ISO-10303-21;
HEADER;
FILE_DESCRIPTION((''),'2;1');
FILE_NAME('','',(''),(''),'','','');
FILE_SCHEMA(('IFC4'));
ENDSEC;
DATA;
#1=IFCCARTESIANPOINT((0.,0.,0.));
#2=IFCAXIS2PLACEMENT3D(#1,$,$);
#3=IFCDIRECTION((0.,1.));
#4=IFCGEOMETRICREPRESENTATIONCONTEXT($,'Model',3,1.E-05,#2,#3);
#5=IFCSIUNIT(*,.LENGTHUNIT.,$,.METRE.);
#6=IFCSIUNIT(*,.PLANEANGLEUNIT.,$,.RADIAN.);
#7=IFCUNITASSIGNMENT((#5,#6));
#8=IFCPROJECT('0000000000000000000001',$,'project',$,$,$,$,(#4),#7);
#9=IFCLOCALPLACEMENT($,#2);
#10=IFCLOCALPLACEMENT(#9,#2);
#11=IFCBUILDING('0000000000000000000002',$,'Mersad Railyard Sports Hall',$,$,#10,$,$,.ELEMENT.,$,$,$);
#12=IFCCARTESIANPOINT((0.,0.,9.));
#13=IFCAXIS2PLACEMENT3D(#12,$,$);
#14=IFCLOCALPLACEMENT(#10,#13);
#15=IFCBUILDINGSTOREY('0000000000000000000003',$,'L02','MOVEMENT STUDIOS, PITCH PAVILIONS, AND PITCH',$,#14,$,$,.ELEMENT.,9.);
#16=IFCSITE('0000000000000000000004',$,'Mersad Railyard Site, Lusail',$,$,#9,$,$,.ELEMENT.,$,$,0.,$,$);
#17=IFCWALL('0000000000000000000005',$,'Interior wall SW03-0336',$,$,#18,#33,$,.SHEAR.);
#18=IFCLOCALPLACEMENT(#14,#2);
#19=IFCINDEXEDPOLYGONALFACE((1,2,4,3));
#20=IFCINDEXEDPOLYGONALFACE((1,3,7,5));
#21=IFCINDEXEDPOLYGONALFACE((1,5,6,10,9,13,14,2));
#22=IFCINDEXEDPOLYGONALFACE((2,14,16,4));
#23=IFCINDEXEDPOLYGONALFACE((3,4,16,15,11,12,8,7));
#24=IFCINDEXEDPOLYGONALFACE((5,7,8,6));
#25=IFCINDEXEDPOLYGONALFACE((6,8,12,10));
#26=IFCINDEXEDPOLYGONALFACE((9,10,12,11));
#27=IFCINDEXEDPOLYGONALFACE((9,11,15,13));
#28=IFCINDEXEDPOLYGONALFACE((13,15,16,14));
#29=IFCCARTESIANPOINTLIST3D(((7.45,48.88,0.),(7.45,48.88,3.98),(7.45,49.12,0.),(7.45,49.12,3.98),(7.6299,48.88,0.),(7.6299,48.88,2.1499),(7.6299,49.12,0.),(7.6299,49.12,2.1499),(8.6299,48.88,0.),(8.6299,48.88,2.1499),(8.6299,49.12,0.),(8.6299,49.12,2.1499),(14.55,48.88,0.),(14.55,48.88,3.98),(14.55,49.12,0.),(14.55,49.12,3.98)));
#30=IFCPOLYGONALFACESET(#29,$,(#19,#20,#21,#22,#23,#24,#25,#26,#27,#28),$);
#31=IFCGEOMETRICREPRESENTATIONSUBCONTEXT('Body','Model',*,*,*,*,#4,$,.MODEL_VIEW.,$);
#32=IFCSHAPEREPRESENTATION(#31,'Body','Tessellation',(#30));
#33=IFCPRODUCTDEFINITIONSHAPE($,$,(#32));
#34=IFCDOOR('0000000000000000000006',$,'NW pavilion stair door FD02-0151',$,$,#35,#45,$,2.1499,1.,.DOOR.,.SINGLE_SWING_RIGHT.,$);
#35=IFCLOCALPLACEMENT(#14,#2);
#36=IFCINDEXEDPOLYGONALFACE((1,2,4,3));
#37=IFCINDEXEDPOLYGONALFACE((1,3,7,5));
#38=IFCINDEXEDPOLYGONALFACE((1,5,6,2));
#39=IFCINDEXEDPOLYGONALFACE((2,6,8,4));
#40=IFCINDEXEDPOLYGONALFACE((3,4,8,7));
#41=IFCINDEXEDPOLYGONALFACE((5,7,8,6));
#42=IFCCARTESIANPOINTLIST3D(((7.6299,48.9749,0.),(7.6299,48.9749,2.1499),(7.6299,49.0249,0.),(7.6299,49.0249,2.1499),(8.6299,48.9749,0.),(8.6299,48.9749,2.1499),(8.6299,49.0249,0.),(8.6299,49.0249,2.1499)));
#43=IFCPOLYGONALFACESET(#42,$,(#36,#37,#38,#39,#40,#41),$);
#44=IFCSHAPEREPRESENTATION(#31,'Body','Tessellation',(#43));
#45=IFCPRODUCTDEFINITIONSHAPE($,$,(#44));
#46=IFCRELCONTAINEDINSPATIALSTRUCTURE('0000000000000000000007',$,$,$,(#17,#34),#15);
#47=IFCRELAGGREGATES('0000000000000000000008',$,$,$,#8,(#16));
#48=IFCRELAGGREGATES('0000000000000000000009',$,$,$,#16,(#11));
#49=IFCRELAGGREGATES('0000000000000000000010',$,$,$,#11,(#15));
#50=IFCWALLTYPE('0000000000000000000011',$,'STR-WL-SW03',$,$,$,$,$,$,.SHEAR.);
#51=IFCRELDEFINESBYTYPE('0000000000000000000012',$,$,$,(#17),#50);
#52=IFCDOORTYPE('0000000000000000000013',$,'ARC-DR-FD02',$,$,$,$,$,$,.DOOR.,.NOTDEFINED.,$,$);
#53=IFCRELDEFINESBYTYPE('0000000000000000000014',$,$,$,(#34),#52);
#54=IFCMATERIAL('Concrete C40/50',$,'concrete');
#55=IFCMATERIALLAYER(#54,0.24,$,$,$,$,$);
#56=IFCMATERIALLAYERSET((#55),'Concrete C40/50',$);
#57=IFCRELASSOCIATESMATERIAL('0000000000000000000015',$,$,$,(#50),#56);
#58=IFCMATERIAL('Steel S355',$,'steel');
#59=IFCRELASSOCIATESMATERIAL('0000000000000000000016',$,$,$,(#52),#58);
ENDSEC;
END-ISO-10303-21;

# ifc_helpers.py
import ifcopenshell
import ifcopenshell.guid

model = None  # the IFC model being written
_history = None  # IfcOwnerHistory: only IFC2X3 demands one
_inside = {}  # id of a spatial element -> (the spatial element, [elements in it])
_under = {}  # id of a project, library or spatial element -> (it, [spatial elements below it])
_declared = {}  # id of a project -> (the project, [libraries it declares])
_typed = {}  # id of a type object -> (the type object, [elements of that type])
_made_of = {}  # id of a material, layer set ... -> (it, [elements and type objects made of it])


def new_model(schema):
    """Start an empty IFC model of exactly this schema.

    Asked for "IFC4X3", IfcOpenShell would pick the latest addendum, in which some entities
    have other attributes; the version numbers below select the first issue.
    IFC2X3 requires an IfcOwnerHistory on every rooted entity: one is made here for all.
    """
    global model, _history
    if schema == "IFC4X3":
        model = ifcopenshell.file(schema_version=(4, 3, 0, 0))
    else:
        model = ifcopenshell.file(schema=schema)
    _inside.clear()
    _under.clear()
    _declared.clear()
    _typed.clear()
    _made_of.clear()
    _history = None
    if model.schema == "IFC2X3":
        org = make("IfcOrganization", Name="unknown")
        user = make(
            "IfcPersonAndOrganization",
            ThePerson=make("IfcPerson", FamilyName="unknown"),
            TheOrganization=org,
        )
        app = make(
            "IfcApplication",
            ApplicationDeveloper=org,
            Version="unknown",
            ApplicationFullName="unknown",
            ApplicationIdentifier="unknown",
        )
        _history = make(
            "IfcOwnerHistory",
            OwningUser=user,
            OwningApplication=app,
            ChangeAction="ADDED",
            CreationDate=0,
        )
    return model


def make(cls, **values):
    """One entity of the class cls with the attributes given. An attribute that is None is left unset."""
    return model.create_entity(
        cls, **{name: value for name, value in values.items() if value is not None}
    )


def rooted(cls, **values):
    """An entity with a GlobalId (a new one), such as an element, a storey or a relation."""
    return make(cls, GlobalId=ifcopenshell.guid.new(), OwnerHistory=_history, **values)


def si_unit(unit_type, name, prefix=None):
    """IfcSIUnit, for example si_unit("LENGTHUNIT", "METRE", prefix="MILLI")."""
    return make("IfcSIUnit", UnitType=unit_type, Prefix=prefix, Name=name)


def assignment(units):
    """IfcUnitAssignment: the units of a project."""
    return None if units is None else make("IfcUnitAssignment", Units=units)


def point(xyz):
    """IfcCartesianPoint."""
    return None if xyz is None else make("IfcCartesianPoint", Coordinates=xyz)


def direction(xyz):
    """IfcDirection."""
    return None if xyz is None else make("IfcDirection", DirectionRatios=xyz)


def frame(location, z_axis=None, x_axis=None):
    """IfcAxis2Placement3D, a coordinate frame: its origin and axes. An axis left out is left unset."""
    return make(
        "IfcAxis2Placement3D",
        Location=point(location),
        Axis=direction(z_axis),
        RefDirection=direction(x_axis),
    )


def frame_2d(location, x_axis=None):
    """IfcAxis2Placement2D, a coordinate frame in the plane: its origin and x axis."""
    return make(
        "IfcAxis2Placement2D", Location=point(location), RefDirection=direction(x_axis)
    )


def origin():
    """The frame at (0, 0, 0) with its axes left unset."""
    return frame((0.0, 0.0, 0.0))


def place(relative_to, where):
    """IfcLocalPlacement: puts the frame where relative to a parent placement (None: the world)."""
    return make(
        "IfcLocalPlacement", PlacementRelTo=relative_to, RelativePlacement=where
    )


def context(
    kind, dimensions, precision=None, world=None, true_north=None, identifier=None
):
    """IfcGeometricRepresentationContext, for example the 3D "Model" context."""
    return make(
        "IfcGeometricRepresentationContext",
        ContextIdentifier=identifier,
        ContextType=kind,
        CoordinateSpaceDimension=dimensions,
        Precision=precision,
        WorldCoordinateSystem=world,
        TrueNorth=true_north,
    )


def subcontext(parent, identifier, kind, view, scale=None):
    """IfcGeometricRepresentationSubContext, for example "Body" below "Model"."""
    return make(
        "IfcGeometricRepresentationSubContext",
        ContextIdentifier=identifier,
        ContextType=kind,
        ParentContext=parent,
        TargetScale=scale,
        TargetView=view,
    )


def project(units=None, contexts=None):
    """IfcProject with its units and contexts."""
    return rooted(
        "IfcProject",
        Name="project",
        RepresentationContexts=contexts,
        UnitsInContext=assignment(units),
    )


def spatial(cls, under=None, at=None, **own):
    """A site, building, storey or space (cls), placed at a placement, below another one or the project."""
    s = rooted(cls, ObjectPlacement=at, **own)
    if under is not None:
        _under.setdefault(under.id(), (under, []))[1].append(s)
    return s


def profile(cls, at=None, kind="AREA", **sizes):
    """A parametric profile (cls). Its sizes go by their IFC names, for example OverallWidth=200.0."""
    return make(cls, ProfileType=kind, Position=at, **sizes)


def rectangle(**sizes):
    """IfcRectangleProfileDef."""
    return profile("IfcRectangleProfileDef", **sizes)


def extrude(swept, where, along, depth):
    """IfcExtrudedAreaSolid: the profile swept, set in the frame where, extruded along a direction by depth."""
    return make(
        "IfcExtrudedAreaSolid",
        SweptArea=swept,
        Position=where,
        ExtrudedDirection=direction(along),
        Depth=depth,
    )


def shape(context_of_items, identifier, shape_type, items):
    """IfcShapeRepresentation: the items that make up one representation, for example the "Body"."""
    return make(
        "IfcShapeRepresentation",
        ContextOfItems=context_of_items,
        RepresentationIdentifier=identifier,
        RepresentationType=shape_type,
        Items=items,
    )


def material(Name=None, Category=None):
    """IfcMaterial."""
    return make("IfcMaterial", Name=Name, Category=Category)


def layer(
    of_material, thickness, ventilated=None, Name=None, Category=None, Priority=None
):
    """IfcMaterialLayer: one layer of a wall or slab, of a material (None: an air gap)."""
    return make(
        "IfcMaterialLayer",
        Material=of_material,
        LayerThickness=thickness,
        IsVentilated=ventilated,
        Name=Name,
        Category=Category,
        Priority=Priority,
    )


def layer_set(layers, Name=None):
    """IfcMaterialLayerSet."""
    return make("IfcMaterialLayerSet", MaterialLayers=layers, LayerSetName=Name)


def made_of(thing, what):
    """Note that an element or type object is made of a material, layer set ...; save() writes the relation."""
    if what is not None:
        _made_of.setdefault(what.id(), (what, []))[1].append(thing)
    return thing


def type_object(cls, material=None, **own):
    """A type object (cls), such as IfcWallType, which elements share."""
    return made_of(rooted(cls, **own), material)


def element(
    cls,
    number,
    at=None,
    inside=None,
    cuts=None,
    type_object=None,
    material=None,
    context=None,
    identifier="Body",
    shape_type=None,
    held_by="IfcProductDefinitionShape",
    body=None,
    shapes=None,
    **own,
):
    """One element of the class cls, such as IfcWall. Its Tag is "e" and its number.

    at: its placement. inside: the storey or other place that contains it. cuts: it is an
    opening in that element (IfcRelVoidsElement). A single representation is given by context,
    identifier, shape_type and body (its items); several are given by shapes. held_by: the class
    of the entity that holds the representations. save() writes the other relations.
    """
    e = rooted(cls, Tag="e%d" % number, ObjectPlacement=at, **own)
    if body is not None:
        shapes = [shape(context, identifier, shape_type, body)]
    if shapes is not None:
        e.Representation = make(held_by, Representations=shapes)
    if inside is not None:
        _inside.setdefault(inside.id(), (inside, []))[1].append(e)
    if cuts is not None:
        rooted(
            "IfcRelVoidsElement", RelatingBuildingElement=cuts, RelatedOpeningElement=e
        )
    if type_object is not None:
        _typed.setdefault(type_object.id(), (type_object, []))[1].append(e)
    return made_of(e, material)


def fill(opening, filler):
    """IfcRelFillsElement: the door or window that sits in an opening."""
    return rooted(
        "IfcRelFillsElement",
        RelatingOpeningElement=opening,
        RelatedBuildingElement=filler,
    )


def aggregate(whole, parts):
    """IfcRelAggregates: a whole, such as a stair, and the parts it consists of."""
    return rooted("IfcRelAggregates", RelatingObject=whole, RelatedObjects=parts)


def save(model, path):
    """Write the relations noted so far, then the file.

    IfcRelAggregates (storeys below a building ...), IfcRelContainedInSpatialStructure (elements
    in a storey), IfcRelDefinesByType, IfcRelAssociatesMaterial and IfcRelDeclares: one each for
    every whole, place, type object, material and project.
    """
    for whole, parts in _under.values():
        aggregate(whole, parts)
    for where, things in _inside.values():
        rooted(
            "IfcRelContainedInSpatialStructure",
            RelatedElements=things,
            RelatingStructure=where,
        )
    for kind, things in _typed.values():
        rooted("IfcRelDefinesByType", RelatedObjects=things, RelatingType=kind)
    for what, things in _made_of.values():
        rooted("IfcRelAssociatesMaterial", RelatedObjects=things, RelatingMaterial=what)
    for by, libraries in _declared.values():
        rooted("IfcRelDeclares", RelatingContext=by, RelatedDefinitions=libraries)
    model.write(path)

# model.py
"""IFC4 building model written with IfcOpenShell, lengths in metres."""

from ifc_helpers import new_model, si_unit, direction, frame, frame_2d, origin, place, context, subcontext, project, spatial, rectangle, extrude, material, layer, layer_set, type_object, element, fill, save


model = new_model("IFC4")

# Units and contexts
model_context = context("Model", 3, precision=1e-05, world=origin(), true_north=direction((0.0, 1.0)))
body_context = subcontext(model_context, "Body", "Model", "MODEL_VIEW")
ifc_project = project(units=[si_unit("LENGTHUNIT", "METRE"), si_unit("PLANEANGLEUNIT", "RADIAN")], contexts=[model_context])

# Site, building, storey
site_placement = place(None, origin())
site = spatial("IfcSite", under=ifc_project, at=site_placement, Name="Mersad Railyard Site, Lusail", CompositionType="ELEMENT", RefElevation=0.0)
building_placement = place(site_placement, origin())
building = spatial("IfcBuilding", under=site, at=building_placement, Name="Mersad Railyard Sports Hall", CompositionType="ELEMENT")
storey_placement = place(building_placement, frame((0.0, 0.0, 9.0)))
storey = spatial("IfcBuildingStorey", under=building, at=storey_placement, Name="L02", Description="MOVEMENT STUDIOS, PITCH PAVILIONS, AND PITCH", CompositionType="ELEMENT", Elevation=9.0)

# Shared definitions
ifc_material_1 = material(Name="Concrete C40/50", Category="concrete")
ifc_layer_1 = layer(ifc_material_1, 0.24)
ifc_layer_set_1 = layer_set([ifc_layer_1], Name="Concrete C40/50")
wall_type_1 = type_object("IfcWallType", Name="STR-WL-SW03", PredefinedType="SHEAR", material=ifc_layer_set_1)

# Wall, opening, door
wall_1_placement = place(storey_placement, frame((7.45, 49.0, 0.0), z_axis=(0.0, 0.0, 1.0), x_axis=(1.0, 0.0, 0.0)))
wall_1 = element("IfcWall", 1, at=wall_1_placement, inside=storey, type_object=wall_type_1, Name="Interior wall SW03-0336", PredefinedType="SHEAR", context=body_context, shape_type="SweptSolid", body=[
    extrude(rectangle(XDim=7.1001, YDim=0.24, at=frame_2d((3.55, 0.0))), origin(), (0.0, 0.0, 1.0), 3.98),
])
opening_1_placement = place(wall_1_placement, frame((0.1799, 0.0, 0.0)))
opening_1 = element("IfcOpeningElement", 2, at=opening_1_placement, cuts=wall_1, PredefinedType="OPENING", context=body_context, shape_type="SweptSolid", body=[
    extrude(rectangle(XDim=1.0, YDim=2.1499, at=frame_2d((0.5, 1.075))), frame((0.0, 0.1299, 0.0), z_axis=(0.0, -1.0, 0.0), x_axis=(1.0, 0.0, 0.0)), (0.0, 0.0, 1.0), 0.26),
])
ifc_material_2 = material(Name="Steel S355", Category="steel")
door_type = type_object("IfcDoorType", Name="ARC-DR-FD02", OperationType="NOTDEFINED", PredefinedType="DOOR", material=ifc_material_2)
door_placement = place(opening_1_placement, origin())
door = element("IfcDoor", 3, at=door_placement, inside=storey, type_object=door_type, Name="NW pavilion stair door FD02-0151", OperationType="SINGLE_SWING_RIGHT", OverallHeight=2.1499, OverallWidth=1.0, PredefinedType="DOOR", context=body_context, shape_type="SweptSolid", body=[
    extrude(rectangle(XDim=1.0, YDim=2.1499, at=frame_2d((0.5, 1.075))), frame((0.0, 0.0249, 0.0), z_axis=(0.0, -1.0, 0.0), x_axis=(1.0, 0.0, 0.0)), (0.0, 0.0, 1.0), 0.05),
])
fill(opening_1, door)

save(model, "model.ifc")
